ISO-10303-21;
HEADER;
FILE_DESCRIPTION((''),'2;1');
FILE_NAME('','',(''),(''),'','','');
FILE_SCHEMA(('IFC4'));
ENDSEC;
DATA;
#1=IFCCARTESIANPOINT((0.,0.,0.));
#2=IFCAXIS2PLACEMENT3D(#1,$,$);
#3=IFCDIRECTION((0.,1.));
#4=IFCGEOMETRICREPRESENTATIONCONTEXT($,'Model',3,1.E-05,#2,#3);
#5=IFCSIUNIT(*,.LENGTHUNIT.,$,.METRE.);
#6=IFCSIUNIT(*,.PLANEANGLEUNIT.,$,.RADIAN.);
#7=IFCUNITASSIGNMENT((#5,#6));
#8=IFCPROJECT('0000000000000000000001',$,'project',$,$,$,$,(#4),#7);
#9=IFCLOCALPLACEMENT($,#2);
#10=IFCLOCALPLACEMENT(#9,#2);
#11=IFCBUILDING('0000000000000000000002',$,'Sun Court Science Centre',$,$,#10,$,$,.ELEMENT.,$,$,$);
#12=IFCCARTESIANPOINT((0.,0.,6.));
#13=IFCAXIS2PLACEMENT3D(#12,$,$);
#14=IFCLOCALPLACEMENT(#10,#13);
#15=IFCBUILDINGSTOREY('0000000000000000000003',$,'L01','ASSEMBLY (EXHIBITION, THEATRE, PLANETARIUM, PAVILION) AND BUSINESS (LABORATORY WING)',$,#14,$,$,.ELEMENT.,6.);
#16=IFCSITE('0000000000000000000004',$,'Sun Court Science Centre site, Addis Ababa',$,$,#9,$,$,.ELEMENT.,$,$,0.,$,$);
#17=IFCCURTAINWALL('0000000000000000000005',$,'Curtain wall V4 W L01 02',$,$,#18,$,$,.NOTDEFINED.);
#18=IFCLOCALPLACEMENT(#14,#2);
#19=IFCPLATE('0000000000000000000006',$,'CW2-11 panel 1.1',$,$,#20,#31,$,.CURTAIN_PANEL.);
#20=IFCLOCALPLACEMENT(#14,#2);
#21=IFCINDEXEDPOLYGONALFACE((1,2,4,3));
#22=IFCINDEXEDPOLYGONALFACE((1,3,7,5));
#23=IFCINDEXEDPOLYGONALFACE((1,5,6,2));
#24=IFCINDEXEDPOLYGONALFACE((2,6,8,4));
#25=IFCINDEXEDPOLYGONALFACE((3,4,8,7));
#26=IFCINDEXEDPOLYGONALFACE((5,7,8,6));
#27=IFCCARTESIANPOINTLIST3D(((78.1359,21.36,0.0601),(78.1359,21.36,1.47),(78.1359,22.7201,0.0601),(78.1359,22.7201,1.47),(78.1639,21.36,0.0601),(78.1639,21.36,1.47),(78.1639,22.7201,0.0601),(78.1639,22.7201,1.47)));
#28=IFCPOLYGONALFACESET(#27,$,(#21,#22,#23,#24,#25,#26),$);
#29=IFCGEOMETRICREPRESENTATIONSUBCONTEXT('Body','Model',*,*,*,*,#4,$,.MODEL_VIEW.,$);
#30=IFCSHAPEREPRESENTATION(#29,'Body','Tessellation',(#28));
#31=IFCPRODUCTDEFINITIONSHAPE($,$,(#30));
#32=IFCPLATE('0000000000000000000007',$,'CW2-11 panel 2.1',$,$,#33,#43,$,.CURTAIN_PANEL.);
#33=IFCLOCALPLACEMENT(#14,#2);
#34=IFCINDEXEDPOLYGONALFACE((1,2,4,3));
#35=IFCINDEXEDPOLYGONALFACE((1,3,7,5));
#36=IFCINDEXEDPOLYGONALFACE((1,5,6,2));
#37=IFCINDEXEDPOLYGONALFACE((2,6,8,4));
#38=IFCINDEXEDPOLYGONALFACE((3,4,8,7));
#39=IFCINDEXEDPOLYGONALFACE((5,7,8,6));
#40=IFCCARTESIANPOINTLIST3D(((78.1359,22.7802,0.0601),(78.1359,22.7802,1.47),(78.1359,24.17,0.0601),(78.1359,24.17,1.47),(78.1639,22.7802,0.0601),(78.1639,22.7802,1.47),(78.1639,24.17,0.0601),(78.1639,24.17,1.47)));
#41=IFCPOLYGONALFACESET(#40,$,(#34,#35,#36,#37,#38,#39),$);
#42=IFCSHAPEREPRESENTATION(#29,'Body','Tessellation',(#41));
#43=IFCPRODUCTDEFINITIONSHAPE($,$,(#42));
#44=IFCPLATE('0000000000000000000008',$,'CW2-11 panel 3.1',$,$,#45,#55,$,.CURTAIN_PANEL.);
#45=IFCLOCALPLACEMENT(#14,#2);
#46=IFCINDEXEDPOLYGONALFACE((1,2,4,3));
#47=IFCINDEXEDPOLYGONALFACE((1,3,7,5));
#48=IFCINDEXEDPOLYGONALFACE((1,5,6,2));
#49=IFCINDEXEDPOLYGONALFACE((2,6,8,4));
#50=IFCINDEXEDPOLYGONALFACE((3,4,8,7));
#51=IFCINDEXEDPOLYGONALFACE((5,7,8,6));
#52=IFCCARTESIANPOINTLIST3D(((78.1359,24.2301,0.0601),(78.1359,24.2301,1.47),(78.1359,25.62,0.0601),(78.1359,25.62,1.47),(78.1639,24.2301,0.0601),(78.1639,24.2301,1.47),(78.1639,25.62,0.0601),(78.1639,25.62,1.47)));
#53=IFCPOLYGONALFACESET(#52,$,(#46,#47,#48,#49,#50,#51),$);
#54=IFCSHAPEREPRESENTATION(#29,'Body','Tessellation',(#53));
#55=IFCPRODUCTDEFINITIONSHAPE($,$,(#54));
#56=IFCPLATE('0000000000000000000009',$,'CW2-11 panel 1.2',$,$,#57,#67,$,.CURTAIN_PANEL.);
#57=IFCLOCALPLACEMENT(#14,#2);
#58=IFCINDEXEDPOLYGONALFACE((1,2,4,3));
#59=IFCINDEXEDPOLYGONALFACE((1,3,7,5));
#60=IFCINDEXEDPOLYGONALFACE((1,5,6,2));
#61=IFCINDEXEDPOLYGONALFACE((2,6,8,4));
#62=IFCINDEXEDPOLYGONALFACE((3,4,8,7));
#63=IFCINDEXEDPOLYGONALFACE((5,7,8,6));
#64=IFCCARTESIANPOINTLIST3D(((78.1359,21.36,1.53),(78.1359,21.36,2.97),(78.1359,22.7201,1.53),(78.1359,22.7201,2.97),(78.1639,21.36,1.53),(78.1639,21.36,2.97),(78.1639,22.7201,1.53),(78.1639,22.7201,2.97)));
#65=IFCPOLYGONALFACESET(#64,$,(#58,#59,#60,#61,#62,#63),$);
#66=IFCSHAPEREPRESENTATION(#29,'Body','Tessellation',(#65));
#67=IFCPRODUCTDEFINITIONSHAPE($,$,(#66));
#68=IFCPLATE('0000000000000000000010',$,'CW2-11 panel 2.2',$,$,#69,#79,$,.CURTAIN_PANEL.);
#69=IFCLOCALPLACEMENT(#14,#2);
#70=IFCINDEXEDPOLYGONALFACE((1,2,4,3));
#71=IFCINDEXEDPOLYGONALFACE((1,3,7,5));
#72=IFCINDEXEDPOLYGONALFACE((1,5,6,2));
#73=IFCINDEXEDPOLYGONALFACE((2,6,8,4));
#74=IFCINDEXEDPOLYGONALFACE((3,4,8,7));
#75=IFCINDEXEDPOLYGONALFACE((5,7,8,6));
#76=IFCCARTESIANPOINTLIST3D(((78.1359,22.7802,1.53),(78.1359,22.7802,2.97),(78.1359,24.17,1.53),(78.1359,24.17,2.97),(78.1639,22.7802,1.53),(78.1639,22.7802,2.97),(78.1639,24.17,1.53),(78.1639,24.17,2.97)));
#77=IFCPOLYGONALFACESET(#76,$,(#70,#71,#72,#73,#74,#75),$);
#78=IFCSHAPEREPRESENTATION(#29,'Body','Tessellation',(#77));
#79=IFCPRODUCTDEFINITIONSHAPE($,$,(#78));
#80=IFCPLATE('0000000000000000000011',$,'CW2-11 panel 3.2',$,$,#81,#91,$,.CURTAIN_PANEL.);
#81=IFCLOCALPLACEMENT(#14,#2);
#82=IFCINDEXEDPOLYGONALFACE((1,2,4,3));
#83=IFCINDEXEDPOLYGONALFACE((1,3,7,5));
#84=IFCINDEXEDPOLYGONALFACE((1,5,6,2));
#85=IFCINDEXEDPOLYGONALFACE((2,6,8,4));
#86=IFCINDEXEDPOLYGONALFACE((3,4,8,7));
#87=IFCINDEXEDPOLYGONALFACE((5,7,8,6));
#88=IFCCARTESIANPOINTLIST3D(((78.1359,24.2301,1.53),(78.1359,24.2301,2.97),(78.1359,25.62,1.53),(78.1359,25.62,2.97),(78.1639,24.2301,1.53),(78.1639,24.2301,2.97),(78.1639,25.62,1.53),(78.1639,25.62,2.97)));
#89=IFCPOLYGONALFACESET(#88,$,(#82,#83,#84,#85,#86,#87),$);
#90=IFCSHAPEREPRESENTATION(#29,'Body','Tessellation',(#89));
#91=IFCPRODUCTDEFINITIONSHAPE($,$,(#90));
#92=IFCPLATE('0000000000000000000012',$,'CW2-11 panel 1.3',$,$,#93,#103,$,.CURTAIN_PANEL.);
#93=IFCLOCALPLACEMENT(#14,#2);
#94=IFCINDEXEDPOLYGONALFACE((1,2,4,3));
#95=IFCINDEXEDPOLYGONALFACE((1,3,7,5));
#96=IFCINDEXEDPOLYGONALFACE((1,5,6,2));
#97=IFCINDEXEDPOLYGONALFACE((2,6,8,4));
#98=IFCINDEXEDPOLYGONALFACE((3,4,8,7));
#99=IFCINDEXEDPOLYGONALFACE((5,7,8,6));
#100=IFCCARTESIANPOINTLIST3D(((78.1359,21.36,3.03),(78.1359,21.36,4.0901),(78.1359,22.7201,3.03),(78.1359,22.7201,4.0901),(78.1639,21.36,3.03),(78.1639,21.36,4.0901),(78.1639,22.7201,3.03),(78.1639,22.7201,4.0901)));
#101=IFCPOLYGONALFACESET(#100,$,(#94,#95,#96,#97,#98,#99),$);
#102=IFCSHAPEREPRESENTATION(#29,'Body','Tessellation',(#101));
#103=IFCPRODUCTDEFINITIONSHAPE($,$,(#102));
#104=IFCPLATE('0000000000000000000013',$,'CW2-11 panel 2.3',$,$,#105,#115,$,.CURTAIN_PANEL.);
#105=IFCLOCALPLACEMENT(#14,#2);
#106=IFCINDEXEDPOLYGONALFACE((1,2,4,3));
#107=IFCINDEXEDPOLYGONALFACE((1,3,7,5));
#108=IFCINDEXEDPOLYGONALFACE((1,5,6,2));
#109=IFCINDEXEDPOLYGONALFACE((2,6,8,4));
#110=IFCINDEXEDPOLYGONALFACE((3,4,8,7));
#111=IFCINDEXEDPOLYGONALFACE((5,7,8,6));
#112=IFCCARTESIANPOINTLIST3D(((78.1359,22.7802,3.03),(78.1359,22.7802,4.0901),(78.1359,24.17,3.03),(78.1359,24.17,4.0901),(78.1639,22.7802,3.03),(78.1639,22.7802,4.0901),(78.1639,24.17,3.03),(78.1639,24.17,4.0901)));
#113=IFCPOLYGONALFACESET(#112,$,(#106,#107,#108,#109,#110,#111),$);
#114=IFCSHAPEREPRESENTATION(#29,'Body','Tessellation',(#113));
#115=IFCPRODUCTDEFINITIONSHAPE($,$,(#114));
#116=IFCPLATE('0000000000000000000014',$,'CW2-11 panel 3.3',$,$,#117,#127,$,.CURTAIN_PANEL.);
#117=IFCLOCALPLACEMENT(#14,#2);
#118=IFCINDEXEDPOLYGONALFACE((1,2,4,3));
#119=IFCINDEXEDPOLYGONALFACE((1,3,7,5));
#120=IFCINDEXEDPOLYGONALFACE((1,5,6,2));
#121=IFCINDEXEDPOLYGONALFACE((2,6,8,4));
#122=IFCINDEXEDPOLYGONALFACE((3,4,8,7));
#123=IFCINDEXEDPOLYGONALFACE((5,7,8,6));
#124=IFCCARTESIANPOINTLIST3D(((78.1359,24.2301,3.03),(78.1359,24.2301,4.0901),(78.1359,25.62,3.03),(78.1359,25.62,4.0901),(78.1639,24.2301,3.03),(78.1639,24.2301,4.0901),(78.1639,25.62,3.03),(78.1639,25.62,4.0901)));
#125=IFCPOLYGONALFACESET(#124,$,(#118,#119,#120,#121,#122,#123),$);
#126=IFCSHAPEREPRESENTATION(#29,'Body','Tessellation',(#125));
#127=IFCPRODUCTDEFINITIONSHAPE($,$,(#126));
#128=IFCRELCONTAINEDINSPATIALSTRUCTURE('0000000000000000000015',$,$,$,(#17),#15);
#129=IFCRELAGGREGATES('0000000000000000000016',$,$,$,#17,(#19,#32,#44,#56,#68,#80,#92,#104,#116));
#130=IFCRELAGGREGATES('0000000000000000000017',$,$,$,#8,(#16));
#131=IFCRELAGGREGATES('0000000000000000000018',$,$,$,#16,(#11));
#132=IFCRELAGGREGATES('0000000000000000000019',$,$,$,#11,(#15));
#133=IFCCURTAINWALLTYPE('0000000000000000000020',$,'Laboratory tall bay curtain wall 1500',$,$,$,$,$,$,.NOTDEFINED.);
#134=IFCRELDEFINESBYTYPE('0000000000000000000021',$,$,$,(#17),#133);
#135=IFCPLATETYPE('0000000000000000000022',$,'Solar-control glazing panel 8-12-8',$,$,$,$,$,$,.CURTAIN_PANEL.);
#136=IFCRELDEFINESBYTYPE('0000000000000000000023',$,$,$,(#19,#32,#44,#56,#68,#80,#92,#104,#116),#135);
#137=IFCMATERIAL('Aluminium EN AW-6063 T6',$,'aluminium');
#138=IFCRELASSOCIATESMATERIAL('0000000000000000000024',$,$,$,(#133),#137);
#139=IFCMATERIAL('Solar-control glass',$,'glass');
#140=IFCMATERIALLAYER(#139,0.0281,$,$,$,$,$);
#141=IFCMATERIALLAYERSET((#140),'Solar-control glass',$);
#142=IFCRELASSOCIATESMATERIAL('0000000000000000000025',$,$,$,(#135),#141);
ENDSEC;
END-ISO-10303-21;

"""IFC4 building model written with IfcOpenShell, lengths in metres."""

from ifc_helpers import new_model, si_unit, direction, frame, origin, origin_2d, place, context, subcontext, project, spatial, rectangle, extrude, material, layer, layer_set, type_object, element, aggregate, save


model = new_model("IFC4")

# Units and contexts
model_context = context("Model", 3, precision=1e-05, world=origin(), true_north=direction((0.0, 1.0)))
body_context = subcontext(model_context, "Body", "Model", "MODEL_VIEW")
ifc_project = project(units=[si_unit("LENGTHUNIT", "METRE"), si_unit("PLANEANGLEUNIT", "RADIAN")], contexts=[model_context])

# Site, building, storey
site_placement = place(None, origin())
site = spatial("IfcSite", under=ifc_project, at=site_placement, Name="Sun Court Science Centre site, Addis Ababa", CompositionType="ELEMENT", RefElevation=0.0)
building_placement = place(site_placement, origin())
building = spatial("IfcBuilding", under=site, at=building_placement, Name="Sun Court Science Centre", CompositionType="ELEMENT")
storey_placement = place(building_placement, frame((0.0, 0.0, 6.0)))
storey = spatial("IfcBuildingStorey", under=building, at=storey_placement, Name="L01", Description="ASSEMBLY (EXHIBITION, THEATRE, PLANETARIUM, PAVILION) AND BUSINESS (LABORATORY WING)", CompositionType="ELEMENT", Elevation=6.0)

# Curtain wall
ifc_material_1 = material(Name="Aluminium EN AW-6063 T6", Category="aluminium")
curtain_wall_type = type_object("IfcCurtainWallType", Name="Laboratory tall bay curtain wall 1500", PredefinedType="NOTDEFINED", material=ifc_material_1)
curtain_wall_1_placement = place(storey_placement, origin())
curtain_wall_1 = element("IfcCurtainWall", 1, at=curtain_wall_1_placement, inside=storey, type_object=curtain_wall_type, Name="Curtain wall V4 W L01 02", PredefinedType="NOTDEFINED")

# Plates
ifc_material_2 = material(Name="Solar-control glass", Category="glass")
ifc_layer = layer(ifc_material_2, 0.0281)
ifc_layer_set = layer_set([ifc_layer], Name="Solar-control glass")
plate_type = type_object("IfcPlateType", Name="Solar-control glazing panel 8-12-8", PredefinedType="CURTAIN_PANEL", material=ifc_layer_set)
plate_1_placement = place(storey_placement, frame((78.1499, 22.04, 0.0601), z_axis=(0.0, 0.0, 1.0), x_axis=(0.0, 1.0, 0.0)))
plate_1 = element("IfcPlate", 2, at=plate_1_placement, type_object=plate_type, Name="CW2-11 panel 1.1", PredefinedType="CURTAIN_PANEL", context=body_context, shape_type="SweptSolid", body=[
    extrude(rectangle(XDim=1.3601, YDim=0.0281, at=origin_2d()), origin(), (0.0, 0.0, 1.0), 1.4099),
])
plate_2_placement = place(storey_placement, frame((78.1499, 23.4751, 0.0601), z_axis=(0.0, 0.0, 1.0), x_axis=(0.0, 1.0, 0.0)))
plate_2 = element("IfcPlate", 3, at=plate_2_placement, type_object=plate_type, Name="CW2-11 panel 2.1", PredefinedType="CURTAIN_PANEL", context=body_context, shape_type="SweptSolid", body=[
    extrude(rectangle(XDim=1.3899, YDim=0.0281, at=origin_2d()), origin(), (0.0, 0.0, 1.0), 1.4099),
])
plate_3_placement = place(storey_placement, frame((78.1499, 24.925, 0.0601), z_axis=(0.0, 0.0, 1.0), x_axis=(0.0, 1.0, 0.0)))
plate_3 = element("IfcPlate", 4, at=plate_3_placement, type_object=plate_type, Name="CW2-11 panel 3.1", PredefinedType="CURTAIN_PANEL", context=body_context, shape_type="SweptSolid", body=[
    extrude(rectangle(XDim=1.3899, YDim=0.0281, at=origin_2d()), origin(), (0.0, 0.0, 1.0), 1.4099),
])
plate_4_placement = place(storey_placement, frame((78.1499, 22.04, 1.53), z_axis=(0.0, 0.0, 1.0), x_axis=(0.0, 1.0, 0.0)))
plate_4 = element("IfcPlate", 5, at=plate_4_placement, type_object=plate_type, Name="CW2-11 panel 1.2", PredefinedType="CURTAIN_PANEL", context=body_context, shape_type="SweptSolid", body=[
    extrude(rectangle(XDim=1.3601, YDim=0.0281, at=origin_2d()), origin(), (0.0, 0.0, 1.0), 1.4399),
])
plate_5_placement = place(storey_placement, frame((78.1499, 23.4751, 1.53), z_axis=(0.0, 0.0, 1.0), x_axis=(0.0, 1.0, 0.0)))
plate_5 = element("IfcPlate", 6, at=plate_5_placement, type_object=plate_type, Name="CW2-11 panel 2.2", PredefinedType="CURTAIN_PANEL", context=body_context, shape_type="SweptSolid", body=[
    extrude(rectangle(XDim=1.3899, YDim=0.0281, at=origin_2d()), origin(), (0.0, 0.0, 1.0), 1.4399),
])
plate_6_placement = place(storey_placement, frame((78.1499, 24.925, 1.53), z_axis=(0.0, 0.0, 1.0), x_axis=(0.0, 1.0, 0.0)))
plate_6 = element("IfcPlate", 7, at=plate_6_placement, type_object=plate_type, Name="CW2-11 panel 3.2", PredefinedType="CURTAIN_PANEL", context=body_context, shape_type="SweptSolid", body=[
    extrude(rectangle(XDim=1.3899, YDim=0.0281, at=origin_2d()), origin(), (0.0, 0.0, 1.0), 1.4399),
])
plate_7_placement = place(storey_placement, frame((78.1499, 22.04, 3.03), z_axis=(0.0, 0.0, 1.0), x_axis=(0.0, 1.0, 0.0)))
plate_7 = element("IfcPlate", 8, at=plate_7_placement, type_object=plate_type, Name="CW2-11 panel 1.3", PredefinedType="CURTAIN_PANEL", context=body_context, shape_type="SweptSolid", body=[
    extrude(rectangle(XDim=1.3601, YDim=0.0281, at=origin_2d()), origin(), (0.0, 0.0, 1.0), 1.0601),
])
plate_8_placement = place(storey_placement, frame((78.1499, 23.4751, 3.03), z_axis=(0.0, 0.0, 1.0), x_axis=(0.0, 1.0, 0.0)))
plate_8 = element("IfcPlate", 9, at=plate_8_placement, type_object=plate_type, Name="CW2-11 panel 2.3", PredefinedType="CURTAIN_PANEL", context=body_context, shape_type="SweptSolid", body=[
    extrude(rectangle(XDim=1.3899, YDim=0.0281, at=origin_2d()), origin(), (0.0, 0.0, 1.0), 1.0601),
])
plate_9_placement = place(storey_placement, frame((78.1499, 24.925, 3.03), z_axis=(0.0, 0.0, 1.0), x_axis=(0.0, 1.0, 0.0)))
plate_9 = element("IfcPlate", 10, at=plate_9_placement, type_object=plate_type, Name="CW2-11 panel 3.3", PredefinedType="CURTAIN_PANEL", context=body_context, shape_type="SweptSolid", body=[
    extrude(rectangle(XDim=1.3899, YDim=0.0281, at=origin_2d()), origin(), (0.0, 0.0, 1.0), 1.0601),
])
aggregate(curtain_wall_1, [plate_1, plate_2, plate_3, plate_4, plate_5, plate_6, plate_7, plate_8, plate_9])

save(model, "model.ifc")
